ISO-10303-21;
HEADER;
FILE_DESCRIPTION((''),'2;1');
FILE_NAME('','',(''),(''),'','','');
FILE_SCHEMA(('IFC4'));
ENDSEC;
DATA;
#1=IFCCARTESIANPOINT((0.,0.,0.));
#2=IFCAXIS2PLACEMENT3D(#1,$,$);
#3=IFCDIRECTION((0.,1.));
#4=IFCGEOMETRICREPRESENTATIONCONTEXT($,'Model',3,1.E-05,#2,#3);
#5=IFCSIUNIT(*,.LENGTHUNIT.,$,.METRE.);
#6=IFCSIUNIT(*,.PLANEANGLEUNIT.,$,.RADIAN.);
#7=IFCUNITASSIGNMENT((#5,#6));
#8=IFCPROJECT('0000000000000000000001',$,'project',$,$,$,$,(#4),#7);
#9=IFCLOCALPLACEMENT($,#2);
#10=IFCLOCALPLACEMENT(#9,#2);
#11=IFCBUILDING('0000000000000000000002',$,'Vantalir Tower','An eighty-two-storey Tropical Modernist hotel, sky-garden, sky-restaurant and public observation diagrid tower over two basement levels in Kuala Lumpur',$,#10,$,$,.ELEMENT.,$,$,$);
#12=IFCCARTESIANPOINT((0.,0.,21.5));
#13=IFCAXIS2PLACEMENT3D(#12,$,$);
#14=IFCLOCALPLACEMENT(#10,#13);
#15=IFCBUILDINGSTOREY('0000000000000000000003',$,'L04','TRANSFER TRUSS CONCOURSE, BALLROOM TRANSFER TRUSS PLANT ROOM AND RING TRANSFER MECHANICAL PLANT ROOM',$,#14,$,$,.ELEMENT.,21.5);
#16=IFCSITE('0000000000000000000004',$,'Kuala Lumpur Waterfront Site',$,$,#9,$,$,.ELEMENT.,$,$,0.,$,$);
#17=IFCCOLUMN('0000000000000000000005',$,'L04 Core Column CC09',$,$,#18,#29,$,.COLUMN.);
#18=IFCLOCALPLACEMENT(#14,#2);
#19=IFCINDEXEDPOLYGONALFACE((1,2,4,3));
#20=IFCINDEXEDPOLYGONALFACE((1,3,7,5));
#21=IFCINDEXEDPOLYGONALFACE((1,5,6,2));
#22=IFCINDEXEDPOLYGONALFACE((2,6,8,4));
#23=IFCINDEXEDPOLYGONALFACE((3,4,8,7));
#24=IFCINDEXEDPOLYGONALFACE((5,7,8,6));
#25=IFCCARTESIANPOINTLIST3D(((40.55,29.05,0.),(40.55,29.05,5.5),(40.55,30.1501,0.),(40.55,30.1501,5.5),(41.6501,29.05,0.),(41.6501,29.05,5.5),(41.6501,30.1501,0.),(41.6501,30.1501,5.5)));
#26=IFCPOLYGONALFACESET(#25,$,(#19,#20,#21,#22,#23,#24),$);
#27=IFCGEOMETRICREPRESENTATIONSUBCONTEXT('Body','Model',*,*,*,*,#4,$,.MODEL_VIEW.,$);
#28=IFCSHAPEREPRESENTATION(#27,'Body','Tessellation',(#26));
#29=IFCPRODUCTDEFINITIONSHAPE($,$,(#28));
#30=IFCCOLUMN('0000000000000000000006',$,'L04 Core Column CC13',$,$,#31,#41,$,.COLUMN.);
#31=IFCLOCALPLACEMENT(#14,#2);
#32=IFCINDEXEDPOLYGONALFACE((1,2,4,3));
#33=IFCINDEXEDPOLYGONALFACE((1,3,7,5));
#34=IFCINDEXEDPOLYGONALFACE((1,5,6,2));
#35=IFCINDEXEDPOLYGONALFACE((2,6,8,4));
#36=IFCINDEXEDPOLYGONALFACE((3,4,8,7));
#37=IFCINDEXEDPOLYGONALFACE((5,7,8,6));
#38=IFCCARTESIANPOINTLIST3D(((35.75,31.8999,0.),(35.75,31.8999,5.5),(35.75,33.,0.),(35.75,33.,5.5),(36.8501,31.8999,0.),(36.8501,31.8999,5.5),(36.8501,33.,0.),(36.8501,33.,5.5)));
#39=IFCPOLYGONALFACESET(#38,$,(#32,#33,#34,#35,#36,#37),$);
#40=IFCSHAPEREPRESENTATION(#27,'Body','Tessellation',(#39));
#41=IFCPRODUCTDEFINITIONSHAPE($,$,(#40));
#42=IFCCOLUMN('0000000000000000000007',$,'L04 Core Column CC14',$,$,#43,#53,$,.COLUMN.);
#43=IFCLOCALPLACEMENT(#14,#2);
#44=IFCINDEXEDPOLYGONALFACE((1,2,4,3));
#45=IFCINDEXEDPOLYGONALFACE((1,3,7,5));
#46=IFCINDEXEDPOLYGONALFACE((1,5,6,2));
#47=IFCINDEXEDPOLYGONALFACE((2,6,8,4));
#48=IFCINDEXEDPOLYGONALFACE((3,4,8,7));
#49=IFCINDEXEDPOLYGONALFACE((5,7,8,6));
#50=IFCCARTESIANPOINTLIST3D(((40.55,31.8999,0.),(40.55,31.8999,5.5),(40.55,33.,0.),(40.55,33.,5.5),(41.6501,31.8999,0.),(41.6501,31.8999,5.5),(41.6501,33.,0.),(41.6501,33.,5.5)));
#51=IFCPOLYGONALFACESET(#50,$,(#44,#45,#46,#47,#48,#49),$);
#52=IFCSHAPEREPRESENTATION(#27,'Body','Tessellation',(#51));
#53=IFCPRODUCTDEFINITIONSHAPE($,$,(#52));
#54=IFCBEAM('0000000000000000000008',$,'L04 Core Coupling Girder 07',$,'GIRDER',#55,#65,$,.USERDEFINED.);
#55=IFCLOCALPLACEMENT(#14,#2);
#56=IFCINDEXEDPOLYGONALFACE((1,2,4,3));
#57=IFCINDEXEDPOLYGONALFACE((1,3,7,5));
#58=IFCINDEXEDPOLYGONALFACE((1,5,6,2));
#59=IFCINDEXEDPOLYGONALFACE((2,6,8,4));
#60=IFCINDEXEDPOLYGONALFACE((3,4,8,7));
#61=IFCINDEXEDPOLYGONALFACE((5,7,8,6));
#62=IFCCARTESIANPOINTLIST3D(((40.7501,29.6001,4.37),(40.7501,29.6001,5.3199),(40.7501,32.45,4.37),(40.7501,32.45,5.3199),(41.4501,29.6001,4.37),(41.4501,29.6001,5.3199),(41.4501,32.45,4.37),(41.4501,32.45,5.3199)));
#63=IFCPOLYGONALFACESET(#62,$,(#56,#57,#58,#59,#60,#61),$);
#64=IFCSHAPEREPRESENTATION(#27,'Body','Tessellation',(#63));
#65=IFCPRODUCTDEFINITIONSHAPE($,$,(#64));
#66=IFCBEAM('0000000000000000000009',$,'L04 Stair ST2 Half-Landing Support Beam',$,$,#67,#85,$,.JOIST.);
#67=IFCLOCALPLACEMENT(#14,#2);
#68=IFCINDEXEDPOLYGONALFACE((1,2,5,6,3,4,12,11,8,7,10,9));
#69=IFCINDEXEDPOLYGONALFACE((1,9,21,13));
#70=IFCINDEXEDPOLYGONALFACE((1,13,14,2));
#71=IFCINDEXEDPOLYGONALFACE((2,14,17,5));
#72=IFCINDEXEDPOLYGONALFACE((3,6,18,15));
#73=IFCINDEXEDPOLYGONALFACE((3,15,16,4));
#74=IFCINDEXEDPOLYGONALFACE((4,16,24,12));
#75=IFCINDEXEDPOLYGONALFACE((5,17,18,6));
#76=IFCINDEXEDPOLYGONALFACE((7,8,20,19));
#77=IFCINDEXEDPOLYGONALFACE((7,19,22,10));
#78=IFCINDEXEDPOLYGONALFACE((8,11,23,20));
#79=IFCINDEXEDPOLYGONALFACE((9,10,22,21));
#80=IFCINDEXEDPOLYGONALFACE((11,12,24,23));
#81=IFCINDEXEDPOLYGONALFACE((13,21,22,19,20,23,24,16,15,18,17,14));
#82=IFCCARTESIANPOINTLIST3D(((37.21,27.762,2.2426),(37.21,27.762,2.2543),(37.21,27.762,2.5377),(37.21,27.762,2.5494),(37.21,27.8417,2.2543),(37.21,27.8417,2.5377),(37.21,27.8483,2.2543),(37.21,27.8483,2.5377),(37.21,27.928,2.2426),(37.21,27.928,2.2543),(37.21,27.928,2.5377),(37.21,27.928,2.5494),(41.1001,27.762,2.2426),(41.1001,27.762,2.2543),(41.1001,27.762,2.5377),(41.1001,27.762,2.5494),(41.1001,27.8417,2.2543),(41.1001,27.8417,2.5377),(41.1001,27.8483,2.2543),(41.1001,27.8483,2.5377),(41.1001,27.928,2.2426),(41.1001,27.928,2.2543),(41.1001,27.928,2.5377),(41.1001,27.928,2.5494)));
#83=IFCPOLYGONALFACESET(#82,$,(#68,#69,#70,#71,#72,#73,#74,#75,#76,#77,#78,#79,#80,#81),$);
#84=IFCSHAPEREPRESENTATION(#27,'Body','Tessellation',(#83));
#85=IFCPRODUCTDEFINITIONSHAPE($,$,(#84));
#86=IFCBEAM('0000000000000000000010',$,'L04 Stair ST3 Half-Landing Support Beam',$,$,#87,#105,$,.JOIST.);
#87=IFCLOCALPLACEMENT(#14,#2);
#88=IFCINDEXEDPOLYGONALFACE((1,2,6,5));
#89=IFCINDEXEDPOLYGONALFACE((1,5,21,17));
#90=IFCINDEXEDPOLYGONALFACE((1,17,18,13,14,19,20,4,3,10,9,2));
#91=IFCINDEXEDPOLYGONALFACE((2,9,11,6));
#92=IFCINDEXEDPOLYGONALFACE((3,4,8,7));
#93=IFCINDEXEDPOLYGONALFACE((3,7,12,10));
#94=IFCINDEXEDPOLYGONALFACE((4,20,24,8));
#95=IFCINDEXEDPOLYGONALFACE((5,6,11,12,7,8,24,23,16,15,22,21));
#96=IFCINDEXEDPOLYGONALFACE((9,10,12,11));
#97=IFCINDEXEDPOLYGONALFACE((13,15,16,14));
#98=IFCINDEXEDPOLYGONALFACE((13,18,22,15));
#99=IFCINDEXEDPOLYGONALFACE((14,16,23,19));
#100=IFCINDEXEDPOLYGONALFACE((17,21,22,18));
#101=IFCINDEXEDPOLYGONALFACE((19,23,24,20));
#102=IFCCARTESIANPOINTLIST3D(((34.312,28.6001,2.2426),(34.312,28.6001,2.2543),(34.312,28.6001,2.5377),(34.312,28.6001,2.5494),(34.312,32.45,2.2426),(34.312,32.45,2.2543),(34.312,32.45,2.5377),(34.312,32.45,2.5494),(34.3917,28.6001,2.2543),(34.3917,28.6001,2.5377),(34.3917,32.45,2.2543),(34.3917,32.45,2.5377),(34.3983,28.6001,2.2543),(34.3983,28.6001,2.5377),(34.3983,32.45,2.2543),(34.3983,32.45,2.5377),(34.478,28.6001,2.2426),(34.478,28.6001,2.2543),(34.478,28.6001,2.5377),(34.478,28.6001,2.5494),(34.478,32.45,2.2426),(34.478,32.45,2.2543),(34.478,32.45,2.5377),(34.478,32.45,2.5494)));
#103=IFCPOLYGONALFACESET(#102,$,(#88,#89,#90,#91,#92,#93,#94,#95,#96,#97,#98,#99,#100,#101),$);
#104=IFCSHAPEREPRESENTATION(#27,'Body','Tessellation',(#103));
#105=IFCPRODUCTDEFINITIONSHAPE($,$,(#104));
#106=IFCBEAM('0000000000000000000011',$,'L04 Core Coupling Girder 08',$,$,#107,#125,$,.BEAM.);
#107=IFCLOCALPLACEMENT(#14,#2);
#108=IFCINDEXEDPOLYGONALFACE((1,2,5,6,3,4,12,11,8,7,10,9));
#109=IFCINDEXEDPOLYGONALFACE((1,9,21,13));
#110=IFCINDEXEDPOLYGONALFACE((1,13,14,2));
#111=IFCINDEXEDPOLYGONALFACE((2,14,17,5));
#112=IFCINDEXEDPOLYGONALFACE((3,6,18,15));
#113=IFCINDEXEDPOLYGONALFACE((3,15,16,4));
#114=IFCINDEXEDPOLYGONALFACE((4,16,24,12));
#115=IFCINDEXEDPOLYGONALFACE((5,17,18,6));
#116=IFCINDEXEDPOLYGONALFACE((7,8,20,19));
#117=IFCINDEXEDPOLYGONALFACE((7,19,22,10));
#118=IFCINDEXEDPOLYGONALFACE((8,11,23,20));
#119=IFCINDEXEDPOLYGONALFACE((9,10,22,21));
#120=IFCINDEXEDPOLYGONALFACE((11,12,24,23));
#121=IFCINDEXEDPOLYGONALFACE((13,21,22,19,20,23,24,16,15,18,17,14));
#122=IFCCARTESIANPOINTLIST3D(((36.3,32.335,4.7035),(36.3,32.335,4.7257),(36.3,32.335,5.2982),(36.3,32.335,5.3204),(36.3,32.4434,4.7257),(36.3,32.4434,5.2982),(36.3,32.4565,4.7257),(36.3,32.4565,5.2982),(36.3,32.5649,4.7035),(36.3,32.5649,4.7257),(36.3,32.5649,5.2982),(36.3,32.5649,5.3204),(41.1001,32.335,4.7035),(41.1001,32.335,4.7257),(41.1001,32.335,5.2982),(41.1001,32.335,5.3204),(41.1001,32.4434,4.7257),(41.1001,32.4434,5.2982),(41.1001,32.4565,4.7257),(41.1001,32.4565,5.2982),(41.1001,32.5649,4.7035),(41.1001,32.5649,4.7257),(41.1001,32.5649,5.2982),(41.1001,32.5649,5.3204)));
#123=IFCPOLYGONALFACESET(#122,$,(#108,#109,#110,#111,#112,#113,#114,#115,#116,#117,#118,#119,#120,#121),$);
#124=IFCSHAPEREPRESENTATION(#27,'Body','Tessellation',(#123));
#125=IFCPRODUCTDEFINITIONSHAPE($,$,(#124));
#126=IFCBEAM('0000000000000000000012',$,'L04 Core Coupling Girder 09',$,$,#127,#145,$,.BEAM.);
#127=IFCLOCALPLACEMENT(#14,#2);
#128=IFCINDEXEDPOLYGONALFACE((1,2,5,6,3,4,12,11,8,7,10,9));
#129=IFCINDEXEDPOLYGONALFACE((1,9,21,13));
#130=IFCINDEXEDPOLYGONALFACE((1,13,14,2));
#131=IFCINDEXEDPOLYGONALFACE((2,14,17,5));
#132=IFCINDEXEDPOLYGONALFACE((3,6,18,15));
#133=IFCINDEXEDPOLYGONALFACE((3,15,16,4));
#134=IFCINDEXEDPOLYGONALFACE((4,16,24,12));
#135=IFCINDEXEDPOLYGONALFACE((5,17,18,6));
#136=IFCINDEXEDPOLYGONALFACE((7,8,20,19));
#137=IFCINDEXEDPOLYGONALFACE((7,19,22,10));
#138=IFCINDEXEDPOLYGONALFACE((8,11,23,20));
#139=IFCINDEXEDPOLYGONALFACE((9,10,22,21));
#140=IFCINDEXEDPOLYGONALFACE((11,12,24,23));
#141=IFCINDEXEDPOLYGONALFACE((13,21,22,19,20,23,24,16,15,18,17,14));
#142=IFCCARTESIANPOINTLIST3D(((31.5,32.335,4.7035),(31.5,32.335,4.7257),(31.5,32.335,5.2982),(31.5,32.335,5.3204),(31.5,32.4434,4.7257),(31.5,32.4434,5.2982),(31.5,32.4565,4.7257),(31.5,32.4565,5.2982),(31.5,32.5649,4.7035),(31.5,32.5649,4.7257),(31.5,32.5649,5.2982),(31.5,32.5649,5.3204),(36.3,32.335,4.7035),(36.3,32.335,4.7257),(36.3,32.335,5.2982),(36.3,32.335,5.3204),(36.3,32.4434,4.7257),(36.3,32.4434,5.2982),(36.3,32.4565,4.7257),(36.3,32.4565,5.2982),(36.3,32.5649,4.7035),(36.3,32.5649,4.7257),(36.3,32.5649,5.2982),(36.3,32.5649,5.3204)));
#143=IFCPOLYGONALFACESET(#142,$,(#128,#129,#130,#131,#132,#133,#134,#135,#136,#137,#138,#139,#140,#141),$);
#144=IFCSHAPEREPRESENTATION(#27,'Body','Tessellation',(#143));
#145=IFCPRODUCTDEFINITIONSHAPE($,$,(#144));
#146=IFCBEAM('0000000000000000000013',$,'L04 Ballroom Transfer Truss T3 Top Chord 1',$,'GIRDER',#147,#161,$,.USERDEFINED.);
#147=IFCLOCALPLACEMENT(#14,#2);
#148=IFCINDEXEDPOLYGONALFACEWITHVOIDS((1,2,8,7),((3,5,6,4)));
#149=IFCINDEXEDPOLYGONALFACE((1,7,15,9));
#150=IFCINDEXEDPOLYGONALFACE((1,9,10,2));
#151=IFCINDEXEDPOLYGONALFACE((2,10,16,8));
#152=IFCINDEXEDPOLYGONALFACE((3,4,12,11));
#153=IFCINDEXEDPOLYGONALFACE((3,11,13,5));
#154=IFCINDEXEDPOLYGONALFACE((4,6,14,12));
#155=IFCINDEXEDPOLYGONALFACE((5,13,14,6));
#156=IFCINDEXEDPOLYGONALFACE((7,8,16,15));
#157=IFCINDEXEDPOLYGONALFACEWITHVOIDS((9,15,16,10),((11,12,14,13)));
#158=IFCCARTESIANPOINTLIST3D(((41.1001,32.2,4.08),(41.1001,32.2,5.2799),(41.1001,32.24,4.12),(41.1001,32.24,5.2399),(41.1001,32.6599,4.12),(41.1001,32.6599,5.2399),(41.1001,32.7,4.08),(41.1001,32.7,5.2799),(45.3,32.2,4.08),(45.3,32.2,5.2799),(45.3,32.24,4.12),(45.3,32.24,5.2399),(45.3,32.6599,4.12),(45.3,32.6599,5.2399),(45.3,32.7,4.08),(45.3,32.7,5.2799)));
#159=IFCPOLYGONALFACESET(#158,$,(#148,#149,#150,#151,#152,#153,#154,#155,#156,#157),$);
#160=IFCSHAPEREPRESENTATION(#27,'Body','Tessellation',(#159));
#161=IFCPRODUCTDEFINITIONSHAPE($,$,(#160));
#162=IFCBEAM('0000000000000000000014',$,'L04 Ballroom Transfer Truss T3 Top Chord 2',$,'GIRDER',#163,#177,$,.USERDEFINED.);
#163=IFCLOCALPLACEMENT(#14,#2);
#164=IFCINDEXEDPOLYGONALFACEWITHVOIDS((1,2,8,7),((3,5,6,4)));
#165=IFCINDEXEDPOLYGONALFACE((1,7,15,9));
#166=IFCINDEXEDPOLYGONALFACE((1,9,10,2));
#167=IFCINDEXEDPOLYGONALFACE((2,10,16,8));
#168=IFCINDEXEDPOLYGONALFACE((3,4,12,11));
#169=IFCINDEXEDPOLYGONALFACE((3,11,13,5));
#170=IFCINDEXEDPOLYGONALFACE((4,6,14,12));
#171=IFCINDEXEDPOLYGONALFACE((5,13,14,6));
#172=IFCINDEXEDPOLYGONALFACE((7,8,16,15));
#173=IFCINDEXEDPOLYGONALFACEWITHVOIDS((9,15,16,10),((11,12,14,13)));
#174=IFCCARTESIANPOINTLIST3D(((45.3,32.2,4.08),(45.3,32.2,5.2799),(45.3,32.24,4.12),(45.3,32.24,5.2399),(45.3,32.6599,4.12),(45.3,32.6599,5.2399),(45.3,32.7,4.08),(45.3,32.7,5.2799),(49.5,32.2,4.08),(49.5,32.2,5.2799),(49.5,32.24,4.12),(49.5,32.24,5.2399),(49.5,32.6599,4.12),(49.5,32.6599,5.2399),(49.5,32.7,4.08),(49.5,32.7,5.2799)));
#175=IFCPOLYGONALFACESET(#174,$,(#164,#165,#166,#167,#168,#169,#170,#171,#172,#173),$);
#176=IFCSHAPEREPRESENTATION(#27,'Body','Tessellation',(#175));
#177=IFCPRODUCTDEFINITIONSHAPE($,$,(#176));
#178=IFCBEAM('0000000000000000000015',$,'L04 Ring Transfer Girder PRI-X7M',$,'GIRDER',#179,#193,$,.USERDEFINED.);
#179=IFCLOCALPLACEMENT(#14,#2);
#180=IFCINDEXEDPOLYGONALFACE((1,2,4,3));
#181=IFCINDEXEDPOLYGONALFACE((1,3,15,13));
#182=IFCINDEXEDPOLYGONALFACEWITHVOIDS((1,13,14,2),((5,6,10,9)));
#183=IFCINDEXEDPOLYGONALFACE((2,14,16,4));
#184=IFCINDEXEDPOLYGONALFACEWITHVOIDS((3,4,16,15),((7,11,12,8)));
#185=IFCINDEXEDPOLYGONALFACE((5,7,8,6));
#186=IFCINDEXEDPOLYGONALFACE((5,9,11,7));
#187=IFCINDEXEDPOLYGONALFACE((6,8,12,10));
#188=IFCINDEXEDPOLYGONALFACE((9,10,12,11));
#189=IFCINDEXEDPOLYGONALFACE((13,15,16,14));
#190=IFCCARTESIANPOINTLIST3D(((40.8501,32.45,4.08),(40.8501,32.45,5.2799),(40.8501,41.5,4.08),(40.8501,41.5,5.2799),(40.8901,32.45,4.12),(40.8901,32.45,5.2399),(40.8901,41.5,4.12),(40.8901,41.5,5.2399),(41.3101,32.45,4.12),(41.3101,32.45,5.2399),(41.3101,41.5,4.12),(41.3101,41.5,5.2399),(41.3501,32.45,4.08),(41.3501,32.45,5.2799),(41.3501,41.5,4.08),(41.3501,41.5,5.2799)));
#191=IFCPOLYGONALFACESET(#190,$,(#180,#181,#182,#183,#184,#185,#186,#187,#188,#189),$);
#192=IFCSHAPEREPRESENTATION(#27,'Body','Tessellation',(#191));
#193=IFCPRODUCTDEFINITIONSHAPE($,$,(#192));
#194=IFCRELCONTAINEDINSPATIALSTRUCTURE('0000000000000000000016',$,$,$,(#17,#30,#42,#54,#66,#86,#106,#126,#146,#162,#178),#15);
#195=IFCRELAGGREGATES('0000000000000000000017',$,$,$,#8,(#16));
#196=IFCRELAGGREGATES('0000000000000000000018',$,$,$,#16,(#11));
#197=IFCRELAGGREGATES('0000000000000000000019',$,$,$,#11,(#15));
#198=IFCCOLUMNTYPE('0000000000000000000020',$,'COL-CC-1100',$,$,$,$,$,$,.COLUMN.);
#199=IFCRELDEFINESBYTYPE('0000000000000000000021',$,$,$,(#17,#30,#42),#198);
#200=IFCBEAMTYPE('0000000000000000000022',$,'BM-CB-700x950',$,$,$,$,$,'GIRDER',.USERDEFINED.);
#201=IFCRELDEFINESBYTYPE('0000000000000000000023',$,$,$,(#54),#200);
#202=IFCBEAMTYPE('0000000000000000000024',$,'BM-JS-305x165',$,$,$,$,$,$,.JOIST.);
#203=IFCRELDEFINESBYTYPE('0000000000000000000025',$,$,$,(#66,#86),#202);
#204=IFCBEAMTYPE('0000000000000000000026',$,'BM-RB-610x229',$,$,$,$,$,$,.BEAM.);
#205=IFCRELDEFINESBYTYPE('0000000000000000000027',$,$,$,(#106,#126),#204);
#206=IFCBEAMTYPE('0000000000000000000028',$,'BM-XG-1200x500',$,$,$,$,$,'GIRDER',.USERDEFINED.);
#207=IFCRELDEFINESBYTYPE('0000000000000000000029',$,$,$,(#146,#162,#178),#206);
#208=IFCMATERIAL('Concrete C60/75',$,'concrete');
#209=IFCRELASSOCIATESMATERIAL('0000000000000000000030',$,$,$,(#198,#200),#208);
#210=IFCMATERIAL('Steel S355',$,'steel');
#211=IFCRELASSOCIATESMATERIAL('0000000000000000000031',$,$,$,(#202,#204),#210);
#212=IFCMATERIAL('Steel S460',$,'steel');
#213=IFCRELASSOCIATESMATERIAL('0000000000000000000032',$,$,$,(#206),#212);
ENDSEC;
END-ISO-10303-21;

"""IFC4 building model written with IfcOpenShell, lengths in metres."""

from ifc_helpers import new_model, si_unit, direction, frame, origin, origin_2d, place, context, subcontext, project, spatial, rectangle, hollow_rectangle, i_section, extrude, material, material_profile, profile_set, type_object, element, save


model = new_model("IFC4")

# Units and contexts
model_context = context("Model", 3, precision=1e-05, world=origin(), true_north=direction((0.0, 1.0)))
body_context = subcontext(model_context, "Body", "Model", "MODEL_VIEW")
ifc_project = project(units=[si_unit("LENGTHUNIT", "METRE"), si_unit("PLANEANGLEUNIT", "RADIAN")], contexts=[model_context])

# Site, building, storey
site_placement = place(None, origin())
site = spatial("IfcSite", under=ifc_project, at=site_placement, Name="Kuala Lumpur Waterfront Site", CompositionType="ELEMENT", RefElevation=0.0)
building_placement = place(site_placement, origin())
building = spatial("IfcBuilding", under=site, at=building_placement, Name="Vantalir Tower", Description="An eighty-two-storey Tropical Modernist hotel, sky-garden, sky-restaurant and public observation diagrid tower over two basement levels in Kuala Lumpur", CompositionType="ELEMENT")
storey_placement = place(building_placement, frame((0.0, 0.0, 21.5)))
storey = spatial("IfcBuildingStorey", under=building, at=storey_placement, Name="L04", Description="TRANSFER TRUSS CONCOURSE, BALLROOM TRANSFER TRUSS PLANT ROOM AND RING TRANSFER MECHANICAL PLANT ROOM", CompositionType="ELEMENT", Elevation=21.5)

# Columns
ifc_material_1 = material(Name="Concrete C60/75", Category="concrete")
ifc_material_profile_1 = material_profile(ifc_material_1, rectangle(XDim=1.1001, YDim=1.1001, at=origin_2d()), Name="Concrete C60/75")
ifc_profile_set_1 = profile_set([ifc_material_profile_1], Name="Concrete C60/75")
column_type = type_object("IfcColumnType", Name="COL-CC-1100", PredefinedType="COLUMN", material=ifc_profile_set_1)
for number, where, z_axis, x_axis, name in (
    (1, (41.1001, 29.6001, 0.0), (0.0, 0.0, 1.0), (1.0, 0.0, 0.0), "L04 Core Column CC09"),
    (2, (36.3, 32.45, 0.0), (0.0, 0.0, 1.0), (1.0, 0.0, 0.0), "L04 Core Column CC13"),
    (3, (41.1001, 32.45, 0.0), (0.0, 0.0, 1.0), (1.0, 0.0, 0.0), "L04 Core Column CC14"),
):
    element("IfcColumn", number, at=place(storey_placement, frame(where, z_axis=z_axis, x_axis=x_axis)), inside=storey, type_object=column_type, Name=name, PredefinedType="COLUMN", context=body_context, shape_type="SweptSolid", body=[
        extrude(rectangle(XDim=1.1001, YDim=1.1001, at=origin_2d()), origin(), (0.0, 0.0, 1.0), 5.5),
    ])

# Beams
ifc_material_profile_2 = material_profile(ifc_material_1, rectangle(XDim=0.7, YDim=0.95, at=origin_2d()), Name="Concrete C60/75")
ifc_profile_set_2 = profile_set([ifc_material_profile_2], Name="Concrete C60/75")
beam_type_1 = type_object("IfcBeamType", Name="BM-CB-700x950", ElementType="GIRDER", PredefinedType="USERDEFINED", material=ifc_profile_set_2)
beam_1_placement = place(storey_placement, frame((41.1001, 29.6001, 4.845), z_axis=(0.0, 1.0, 0.0), x_axis=(-1.0, 0.0, 0.0)))
element("IfcBeam", 4, at=beam_1_placement, inside=storey, type_object=beam_type_1, Name="L04 Core Coupling Girder 07", ObjectType="GIRDER", PredefinedType="USERDEFINED", context=body_context, shape_type="SweptSolid", body=[
    extrude(rectangle(XDim=0.7, YDim=0.95, at=origin_2d()), origin(), (0.0, 0.0, 1.0), 2.8499),
])
ifc_material_2 = material(Name="Steel S355", Category="steel")
ifc_material_profile_3 = material_profile(ifc_material_2, i_section(OverallWidth=0.166, OverallDepth=0.3069, WebThickness=0.0066, FlangeThickness=0.0117, at=origin_2d()), Name="Steel S355")
ifc_profile_set_3 = profile_set([ifc_material_profile_3], Name="Steel S355")
beam_type_2 = type_object("IfcBeamType", Name="BM-JS-305x165", PredefinedType="JOIST", material=ifc_profile_set_3)
beam_2_placement = place(storey_placement, frame((37.21, 27.845, 2.396), z_axis=(1.0, 0.0, 0.0), x_axis=(0.0, 1.0, 0.0)))
element("IfcBeam", 5, at=beam_2_placement, inside=storey, type_object=beam_type_2, Name="L04 Stair ST2 Half-Landing Support Beam", PredefinedType="JOIST", context=body_context, shape_type="SweptSolid", body=[
    extrude(i_section(OverallWidth=0.166, OverallDepth=0.3069, WebThickness=0.0066, FlangeThickness=0.0117, at=origin_2d()), origin(), (0.0, 0.0, 1.0), 3.8901),
])
beam_3_placement = place(storey_placement, frame((34.395, 28.6001, 2.396), z_axis=(0.0, 1.0, 0.0), x_axis=(-1.0, 0.0, 0.0)))
element("IfcBeam", 6, at=beam_3_placement, inside=storey, type_object=beam_type_2, Name="L04 Stair ST3 Half-Landing Support Beam", PredefinedType="JOIST", context=body_context, shape_type="SweptSolid", body=[
    extrude(i_section(OverallWidth=0.166, OverallDepth=0.3069, WebThickness=0.0066, FlangeThickness=0.0117, at=origin_2d()), origin(), (0.0, 0.0, 1.0), 3.8499),
])
ifc_material_profile_4 = material_profile(ifc_material_2, i_section(OverallWidth=0.23, OverallDepth=0.6169, WebThickness=0.0132, FlangeThickness=0.0222, at=origin_2d()), Name="Steel S355")
ifc_profile_set_4 = profile_set([ifc_material_profile_4], Name="Steel S355")
beam_type_3 = type_object("IfcBeamType", Name="BM-RB-610x229", PredefinedType="BEAM", material=ifc_profile_set_4)
for number, where, z_axis, x_axis, name in (
    (7, (41.1001, 32.45, 5.012), (-1.0, 0.0, 0.0), (0.0, -1.0, 0.0), "L04 Core Coupling Girder 08"),
    (8, (36.3, 32.45, 5.012), (-1.0, 0.0, 0.0), (0.0, -1.0, 0.0), "L04 Core Coupling Girder 09"),
):
    element("IfcBeam", number, at=place(storey_placement, frame(where, z_axis=z_axis, x_axis=x_axis)), inside=storey, type_object=beam_type_3, Name=name, PredefinedType="BEAM", context=body_context, shape_type="SweptSolid", body=[
        extrude(i_section(OverallWidth=0.23, OverallDepth=0.6169, WebThickness=0.0132, FlangeThickness=0.0222, at=origin_2d()), origin(), (0.0, 0.0, 1.0), 4.8),
    ])
ifc_material_3 = material(Name="Steel S460", Category="steel")
ifc_material_profile_5 = material_profile(ifc_material_3, hollow_rectangle(XDim=0.5, YDim=1.2, WallThickness=0.04, at=origin_2d()), Name="Steel S460")
ifc_profile_set_5 = profile_set([ifc_material_profile_5], Name="Steel S460")
beam_type_4 = type_object("IfcBeamType", Name="BM-XG-1200x500", ElementType="GIRDER", PredefinedType="USERDEFINED", material=ifc_profile_set_5)
for number, where, z_axis, x_axis, name in (
    (9, (41.1001, 32.45, 4.6799), (1.0, 0.0, 0.0), (0.0, 1.0, 0.0), "L04 Ballroom Transfer Truss T3 Top Chord 1"),
    (10, (45.3, 32.45, 4.6799), (1.0, 0.0, 0.0), (0.0, 1.0, 0.0), "L04 Ballroom Transfer Truss T3 Top Chord 2"),
):
    element("IfcBeam", number, at=place(storey_placement, frame(where, z_axis=z_axis, x_axis=x_axis)), inside=storey, type_object=beam_type_4, Name=name, ObjectType="GIRDER", PredefinedType="USERDEFINED", context=body_context, shape_type="SweptSolid", body=[
        extrude(hollow_rectangle(XDim=0.5, YDim=1.2, WallThickness=0.04, at=origin_2d()), origin(), (0.0, 0.0, 1.0), 4.2),
    ])
beam_4_placement = place(storey_placement, frame((41.1001, 32.45, 4.6799), z_axis=(0.0, 1.0, 0.0), x_axis=(-1.0, 0.0, 0.0)))
element("IfcBeam", 11, at=beam_4_placement, inside=storey, type_object=beam_type_4, Name="L04 Ring Transfer Girder PRI-X7M", ObjectType="GIRDER", PredefinedType="USERDEFINED", context=body_context, shape_type="SweptSolid", body=[
    extrude(hollow_rectangle(XDim=0.5, YDim=1.2, WallThickness=0.04, at=origin_2d()), origin(), (0.0, 0.0, 1.0), 9.05),
])

save(model, "model.ifc")
